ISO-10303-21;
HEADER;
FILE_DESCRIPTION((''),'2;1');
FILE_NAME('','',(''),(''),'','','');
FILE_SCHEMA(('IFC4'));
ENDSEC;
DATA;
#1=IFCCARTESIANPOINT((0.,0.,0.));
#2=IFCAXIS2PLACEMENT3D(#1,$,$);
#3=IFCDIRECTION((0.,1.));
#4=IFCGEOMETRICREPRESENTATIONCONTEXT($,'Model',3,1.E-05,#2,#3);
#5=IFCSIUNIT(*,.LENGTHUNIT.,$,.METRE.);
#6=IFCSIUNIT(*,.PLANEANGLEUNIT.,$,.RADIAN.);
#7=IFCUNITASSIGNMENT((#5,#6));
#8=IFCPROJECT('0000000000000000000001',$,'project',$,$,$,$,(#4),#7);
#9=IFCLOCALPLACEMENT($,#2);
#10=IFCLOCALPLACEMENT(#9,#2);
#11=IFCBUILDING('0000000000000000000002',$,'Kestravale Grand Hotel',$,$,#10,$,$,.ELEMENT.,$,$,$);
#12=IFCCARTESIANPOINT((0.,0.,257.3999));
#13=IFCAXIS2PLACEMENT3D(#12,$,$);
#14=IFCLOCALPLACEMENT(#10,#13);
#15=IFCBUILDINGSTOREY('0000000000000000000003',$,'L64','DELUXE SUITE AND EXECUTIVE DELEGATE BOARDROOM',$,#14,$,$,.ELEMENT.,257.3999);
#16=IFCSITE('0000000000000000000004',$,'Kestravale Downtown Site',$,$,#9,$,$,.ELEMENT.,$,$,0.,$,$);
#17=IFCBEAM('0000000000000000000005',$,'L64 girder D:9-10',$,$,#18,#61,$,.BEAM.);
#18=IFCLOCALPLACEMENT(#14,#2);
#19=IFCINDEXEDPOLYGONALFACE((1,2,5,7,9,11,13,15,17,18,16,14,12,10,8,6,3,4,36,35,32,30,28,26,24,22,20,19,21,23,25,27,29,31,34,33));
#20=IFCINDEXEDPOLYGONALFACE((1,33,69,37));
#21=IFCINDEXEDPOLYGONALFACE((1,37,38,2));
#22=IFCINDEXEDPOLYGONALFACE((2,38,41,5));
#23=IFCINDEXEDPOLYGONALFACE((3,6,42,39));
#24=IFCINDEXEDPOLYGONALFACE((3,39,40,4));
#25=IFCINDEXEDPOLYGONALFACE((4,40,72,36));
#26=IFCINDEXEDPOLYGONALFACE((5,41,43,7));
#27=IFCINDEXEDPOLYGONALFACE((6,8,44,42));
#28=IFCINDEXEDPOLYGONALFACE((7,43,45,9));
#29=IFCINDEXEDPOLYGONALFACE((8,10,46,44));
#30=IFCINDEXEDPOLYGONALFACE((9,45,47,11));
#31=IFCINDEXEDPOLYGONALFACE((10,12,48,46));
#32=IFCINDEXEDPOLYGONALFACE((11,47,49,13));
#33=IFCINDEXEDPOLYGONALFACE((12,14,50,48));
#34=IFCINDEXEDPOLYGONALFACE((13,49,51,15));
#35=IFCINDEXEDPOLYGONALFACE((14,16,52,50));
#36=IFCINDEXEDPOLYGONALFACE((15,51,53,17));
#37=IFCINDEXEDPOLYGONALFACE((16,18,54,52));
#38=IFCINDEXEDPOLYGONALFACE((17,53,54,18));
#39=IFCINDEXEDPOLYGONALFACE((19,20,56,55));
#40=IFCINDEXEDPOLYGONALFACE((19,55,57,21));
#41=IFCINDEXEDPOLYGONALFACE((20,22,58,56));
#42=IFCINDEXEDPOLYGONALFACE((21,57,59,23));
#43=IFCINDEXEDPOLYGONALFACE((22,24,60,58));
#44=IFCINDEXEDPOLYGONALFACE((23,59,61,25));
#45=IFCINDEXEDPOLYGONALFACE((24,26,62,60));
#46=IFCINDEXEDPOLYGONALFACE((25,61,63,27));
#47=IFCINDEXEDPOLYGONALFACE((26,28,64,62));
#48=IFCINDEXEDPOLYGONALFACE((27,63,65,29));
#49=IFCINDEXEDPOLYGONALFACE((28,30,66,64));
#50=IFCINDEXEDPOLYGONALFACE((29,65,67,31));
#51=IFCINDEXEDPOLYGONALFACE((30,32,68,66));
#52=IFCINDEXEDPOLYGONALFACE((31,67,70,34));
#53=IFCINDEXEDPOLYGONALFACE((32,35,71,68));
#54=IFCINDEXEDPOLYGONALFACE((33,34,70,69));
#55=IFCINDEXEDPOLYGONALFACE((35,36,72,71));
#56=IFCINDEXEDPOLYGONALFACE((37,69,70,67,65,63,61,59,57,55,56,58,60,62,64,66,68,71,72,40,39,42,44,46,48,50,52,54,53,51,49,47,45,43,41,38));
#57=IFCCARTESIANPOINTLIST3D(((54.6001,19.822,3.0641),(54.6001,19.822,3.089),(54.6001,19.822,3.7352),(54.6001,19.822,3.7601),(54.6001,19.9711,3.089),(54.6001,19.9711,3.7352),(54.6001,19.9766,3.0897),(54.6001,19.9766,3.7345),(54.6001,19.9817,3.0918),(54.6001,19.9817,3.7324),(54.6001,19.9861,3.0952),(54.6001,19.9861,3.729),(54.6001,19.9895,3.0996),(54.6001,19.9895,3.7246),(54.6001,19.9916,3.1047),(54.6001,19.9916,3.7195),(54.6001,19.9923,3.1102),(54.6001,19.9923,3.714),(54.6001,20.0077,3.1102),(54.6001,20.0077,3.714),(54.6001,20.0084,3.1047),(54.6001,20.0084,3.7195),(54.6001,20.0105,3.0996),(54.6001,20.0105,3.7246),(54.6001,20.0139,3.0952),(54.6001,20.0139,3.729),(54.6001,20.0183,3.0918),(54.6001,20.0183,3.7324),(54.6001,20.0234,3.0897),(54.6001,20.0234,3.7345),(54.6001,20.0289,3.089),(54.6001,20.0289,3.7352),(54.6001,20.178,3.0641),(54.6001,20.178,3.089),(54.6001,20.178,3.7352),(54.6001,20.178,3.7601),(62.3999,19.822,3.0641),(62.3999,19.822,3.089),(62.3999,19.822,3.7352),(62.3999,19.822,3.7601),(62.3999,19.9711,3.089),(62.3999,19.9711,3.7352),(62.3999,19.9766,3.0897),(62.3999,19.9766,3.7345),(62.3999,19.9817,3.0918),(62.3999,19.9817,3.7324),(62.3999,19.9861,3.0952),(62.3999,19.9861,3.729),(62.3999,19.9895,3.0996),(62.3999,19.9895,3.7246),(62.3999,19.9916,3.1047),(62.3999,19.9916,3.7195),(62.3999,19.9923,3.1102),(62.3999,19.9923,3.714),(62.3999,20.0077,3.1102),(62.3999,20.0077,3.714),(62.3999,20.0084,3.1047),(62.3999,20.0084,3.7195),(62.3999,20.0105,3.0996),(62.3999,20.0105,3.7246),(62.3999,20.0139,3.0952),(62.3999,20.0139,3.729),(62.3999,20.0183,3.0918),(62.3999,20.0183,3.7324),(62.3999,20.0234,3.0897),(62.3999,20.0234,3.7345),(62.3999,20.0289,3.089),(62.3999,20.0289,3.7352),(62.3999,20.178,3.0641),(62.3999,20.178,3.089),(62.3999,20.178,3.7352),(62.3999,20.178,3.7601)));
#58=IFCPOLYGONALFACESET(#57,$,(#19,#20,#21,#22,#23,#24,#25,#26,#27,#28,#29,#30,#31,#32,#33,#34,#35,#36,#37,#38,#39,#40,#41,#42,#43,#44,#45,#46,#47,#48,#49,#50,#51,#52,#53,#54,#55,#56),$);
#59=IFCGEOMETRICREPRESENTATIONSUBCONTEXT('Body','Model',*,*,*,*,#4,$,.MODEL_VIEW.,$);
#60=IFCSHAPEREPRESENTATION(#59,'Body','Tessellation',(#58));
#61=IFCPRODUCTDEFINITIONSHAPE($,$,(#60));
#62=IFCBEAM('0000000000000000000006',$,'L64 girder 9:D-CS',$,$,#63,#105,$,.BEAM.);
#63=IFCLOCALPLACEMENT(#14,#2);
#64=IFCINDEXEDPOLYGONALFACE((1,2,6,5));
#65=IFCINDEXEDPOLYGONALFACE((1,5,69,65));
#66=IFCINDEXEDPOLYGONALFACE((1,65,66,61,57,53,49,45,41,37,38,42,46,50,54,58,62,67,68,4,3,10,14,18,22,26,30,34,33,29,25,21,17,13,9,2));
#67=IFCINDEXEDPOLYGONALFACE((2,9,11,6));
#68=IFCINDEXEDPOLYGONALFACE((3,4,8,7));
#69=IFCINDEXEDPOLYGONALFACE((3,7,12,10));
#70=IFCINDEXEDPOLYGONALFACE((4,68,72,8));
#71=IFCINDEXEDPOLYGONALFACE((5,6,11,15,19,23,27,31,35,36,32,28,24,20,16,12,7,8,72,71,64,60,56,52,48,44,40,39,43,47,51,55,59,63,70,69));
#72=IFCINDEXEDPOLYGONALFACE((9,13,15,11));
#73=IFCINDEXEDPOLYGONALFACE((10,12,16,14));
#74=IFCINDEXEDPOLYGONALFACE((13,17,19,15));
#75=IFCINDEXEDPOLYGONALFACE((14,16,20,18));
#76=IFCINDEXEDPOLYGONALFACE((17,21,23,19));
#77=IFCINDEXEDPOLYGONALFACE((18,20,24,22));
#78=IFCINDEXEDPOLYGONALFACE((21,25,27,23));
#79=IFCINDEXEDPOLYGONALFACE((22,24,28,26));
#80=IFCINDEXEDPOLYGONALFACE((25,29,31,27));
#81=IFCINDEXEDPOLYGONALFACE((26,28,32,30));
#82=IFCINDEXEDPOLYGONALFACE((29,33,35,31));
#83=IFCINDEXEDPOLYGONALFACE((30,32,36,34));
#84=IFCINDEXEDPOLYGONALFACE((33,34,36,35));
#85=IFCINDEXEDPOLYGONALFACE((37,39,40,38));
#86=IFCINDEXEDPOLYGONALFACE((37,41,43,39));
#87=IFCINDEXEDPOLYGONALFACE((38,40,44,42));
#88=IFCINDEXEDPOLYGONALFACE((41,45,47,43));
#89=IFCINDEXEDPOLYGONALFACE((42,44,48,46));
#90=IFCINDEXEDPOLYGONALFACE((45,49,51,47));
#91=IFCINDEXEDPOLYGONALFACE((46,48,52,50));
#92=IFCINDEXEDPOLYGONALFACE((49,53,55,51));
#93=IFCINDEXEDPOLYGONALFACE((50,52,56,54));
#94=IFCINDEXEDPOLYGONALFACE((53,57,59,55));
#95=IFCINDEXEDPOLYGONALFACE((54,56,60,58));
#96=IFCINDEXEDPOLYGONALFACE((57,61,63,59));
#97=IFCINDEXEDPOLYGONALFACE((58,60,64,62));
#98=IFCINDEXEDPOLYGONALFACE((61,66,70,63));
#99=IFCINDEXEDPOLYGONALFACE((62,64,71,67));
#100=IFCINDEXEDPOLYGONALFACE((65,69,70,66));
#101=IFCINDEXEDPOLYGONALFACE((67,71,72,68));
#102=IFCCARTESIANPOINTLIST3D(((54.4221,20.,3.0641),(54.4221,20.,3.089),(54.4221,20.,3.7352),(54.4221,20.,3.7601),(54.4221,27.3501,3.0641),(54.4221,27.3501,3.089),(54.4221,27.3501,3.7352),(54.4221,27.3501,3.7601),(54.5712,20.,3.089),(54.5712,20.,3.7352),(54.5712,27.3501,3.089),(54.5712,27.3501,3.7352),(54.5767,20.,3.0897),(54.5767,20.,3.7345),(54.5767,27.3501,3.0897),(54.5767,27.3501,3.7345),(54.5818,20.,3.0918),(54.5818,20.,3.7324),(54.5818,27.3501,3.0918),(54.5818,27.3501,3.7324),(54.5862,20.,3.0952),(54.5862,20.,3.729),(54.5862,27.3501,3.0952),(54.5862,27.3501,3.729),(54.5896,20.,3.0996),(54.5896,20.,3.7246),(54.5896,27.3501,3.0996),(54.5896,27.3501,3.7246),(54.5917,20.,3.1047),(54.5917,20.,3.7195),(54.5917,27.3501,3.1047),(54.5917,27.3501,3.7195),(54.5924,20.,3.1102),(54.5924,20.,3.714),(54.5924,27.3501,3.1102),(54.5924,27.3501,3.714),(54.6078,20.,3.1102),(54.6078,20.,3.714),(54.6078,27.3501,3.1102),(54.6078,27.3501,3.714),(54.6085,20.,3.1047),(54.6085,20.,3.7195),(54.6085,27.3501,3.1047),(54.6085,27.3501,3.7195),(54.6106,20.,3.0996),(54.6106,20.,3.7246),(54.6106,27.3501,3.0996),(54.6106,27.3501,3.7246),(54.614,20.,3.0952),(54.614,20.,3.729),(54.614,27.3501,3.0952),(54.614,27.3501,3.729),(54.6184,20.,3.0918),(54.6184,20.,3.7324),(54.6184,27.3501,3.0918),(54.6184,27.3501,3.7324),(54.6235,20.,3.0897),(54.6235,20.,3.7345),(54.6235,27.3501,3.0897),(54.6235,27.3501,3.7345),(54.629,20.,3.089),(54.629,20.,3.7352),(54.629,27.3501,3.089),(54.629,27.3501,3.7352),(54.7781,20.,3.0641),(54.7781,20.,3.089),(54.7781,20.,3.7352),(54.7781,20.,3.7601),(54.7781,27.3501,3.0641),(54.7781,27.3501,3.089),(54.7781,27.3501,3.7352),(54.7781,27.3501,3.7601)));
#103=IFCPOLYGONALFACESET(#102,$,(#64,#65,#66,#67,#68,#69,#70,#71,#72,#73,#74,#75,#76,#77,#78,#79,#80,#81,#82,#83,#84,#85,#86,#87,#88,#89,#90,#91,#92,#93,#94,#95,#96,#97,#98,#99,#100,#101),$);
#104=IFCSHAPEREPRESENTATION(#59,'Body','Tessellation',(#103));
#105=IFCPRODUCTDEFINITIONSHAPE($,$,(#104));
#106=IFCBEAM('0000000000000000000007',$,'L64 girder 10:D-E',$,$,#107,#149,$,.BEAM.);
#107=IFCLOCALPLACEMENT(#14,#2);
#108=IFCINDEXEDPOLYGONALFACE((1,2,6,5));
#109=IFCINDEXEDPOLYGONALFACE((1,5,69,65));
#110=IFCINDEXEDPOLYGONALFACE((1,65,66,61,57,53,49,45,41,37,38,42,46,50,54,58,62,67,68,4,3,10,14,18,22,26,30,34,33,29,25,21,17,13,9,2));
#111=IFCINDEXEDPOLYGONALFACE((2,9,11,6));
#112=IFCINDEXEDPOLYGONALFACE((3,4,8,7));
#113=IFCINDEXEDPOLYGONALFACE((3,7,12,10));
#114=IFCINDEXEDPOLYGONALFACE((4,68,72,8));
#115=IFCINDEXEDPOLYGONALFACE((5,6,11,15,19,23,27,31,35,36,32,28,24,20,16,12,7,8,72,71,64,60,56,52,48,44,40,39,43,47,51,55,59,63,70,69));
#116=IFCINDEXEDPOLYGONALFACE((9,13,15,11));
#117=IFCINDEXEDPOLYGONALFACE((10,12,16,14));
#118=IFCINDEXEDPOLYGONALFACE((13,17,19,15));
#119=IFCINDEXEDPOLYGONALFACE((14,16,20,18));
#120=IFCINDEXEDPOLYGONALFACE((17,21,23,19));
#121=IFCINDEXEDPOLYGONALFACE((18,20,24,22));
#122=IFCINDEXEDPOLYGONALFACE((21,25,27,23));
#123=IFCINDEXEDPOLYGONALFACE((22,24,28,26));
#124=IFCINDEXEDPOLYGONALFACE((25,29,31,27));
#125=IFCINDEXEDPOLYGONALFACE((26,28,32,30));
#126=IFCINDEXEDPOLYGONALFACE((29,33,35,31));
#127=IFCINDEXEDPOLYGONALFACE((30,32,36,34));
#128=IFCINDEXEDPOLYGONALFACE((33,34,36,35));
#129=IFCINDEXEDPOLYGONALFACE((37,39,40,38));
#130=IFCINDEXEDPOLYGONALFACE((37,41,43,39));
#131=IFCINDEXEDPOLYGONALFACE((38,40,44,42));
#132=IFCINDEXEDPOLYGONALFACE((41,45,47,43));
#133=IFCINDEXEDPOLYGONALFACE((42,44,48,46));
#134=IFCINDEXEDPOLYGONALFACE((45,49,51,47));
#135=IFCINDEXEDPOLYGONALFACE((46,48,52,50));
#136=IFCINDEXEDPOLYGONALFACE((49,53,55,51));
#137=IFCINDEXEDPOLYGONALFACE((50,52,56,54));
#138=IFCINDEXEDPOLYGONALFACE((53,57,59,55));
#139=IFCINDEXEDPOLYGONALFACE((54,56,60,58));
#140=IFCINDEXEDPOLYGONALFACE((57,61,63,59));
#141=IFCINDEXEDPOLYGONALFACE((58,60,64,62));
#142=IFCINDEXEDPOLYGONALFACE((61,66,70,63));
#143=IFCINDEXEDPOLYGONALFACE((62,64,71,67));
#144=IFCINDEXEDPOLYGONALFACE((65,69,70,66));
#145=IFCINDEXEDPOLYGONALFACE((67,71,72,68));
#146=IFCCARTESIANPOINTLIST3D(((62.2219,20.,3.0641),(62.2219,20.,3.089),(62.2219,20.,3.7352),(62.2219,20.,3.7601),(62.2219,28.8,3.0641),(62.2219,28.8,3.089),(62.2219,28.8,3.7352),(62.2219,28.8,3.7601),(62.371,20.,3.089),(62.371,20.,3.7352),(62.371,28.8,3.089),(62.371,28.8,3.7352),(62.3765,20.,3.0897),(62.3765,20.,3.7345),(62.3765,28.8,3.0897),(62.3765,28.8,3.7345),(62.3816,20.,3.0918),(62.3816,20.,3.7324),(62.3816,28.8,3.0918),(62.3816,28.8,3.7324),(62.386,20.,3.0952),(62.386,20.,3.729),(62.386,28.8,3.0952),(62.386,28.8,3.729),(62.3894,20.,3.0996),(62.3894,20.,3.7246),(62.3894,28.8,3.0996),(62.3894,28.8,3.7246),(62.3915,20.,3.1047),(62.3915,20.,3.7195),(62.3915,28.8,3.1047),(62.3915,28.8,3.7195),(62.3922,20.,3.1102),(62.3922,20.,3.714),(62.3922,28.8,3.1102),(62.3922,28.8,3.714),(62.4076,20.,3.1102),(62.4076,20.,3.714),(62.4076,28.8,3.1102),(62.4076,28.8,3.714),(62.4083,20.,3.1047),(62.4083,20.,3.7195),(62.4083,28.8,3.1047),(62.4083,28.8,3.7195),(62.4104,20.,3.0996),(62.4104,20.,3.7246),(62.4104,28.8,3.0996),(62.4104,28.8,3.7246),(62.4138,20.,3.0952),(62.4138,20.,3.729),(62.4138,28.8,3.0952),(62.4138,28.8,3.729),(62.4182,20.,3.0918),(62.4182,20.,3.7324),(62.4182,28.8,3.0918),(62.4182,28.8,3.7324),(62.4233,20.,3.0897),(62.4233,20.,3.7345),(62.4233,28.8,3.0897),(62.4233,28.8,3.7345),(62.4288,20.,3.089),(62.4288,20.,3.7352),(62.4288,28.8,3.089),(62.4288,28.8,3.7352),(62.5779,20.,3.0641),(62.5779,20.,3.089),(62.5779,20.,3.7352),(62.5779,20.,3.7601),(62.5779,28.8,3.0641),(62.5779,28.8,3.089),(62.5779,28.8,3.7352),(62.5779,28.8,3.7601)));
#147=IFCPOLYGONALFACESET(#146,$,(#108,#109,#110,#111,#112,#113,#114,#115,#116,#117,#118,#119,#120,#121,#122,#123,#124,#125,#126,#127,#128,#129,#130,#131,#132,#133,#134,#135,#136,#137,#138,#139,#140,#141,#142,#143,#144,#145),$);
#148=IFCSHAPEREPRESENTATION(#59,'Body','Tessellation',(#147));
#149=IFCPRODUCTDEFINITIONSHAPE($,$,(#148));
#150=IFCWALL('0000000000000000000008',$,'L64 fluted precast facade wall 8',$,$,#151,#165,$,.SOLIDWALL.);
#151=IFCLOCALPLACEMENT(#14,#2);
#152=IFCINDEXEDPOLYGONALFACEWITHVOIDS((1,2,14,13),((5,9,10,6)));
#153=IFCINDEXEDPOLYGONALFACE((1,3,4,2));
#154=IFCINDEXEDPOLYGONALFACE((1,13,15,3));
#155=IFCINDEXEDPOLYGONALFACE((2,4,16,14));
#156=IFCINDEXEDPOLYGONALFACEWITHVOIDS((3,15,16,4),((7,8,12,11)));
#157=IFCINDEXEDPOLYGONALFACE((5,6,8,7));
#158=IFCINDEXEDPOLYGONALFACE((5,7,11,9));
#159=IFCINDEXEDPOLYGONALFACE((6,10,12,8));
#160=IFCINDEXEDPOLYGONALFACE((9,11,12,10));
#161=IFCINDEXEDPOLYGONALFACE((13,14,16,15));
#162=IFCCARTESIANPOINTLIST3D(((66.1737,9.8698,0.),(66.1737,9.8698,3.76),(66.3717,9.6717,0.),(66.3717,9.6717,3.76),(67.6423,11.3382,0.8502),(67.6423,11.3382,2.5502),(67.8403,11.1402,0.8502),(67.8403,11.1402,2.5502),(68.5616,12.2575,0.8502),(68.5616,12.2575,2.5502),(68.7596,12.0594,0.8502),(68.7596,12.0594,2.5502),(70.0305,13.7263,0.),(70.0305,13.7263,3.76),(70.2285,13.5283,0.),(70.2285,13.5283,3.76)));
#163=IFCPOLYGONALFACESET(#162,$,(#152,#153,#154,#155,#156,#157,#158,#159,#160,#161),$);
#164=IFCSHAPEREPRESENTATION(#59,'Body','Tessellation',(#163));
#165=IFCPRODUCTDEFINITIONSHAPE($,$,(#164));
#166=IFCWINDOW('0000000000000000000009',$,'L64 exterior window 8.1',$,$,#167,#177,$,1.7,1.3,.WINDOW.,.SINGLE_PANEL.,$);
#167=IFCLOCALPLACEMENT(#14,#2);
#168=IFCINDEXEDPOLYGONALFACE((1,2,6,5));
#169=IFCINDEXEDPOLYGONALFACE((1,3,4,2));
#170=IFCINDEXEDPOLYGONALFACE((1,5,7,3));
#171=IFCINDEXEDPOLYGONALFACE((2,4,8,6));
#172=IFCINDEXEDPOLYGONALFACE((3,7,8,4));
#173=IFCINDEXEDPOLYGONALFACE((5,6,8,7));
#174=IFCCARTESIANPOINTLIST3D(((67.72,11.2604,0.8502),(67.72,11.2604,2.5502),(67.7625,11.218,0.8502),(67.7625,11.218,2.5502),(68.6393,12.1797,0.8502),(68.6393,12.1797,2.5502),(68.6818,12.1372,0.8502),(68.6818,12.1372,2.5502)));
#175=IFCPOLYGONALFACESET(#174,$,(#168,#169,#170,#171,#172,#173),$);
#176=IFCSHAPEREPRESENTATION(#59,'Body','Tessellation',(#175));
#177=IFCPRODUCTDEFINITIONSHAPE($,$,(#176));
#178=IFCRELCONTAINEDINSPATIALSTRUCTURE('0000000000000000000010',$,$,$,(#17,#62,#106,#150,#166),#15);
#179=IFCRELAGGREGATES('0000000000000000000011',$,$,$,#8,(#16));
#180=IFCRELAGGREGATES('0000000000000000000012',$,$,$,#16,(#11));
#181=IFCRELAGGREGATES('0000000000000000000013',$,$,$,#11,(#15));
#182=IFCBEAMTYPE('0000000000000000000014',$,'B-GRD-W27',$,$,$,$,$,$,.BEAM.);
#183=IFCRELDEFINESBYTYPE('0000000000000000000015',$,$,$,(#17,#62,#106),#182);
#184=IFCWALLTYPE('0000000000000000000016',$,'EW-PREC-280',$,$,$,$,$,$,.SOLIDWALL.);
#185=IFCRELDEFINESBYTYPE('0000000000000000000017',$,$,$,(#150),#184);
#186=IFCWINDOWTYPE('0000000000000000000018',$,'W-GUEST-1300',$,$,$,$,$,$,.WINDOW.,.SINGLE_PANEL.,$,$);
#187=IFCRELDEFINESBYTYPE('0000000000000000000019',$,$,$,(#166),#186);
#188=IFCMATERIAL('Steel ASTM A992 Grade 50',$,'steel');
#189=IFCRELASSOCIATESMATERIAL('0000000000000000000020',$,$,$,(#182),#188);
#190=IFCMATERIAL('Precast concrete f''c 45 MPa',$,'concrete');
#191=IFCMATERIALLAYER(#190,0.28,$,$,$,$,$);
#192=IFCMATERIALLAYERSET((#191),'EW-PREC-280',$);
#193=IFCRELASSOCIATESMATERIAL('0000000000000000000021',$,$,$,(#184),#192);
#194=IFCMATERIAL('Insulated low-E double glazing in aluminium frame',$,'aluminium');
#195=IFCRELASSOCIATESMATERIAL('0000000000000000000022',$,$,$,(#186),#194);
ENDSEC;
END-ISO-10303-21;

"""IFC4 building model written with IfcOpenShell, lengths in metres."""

from ifc_helpers import new_model, si_unit, direction, frame, frame_2d, origin, origin_2d, place, context, subcontext, project, spatial, rectangle, i_section, extrude, material, layer, layer_set, material_profile, profile_set, type_object, element, fill, save


model = new_model("IFC4")

# Units and contexts
model_context = context("Model", 3, precision=1e-05, world=origin(), true_north=direction((0.0, 1.0)))
body_context = subcontext(model_context, "Body", "Model", "MODEL_VIEW")
ifc_project = project(units=[si_unit("LENGTHUNIT", "METRE"), si_unit("PLANEANGLEUNIT", "RADIAN")], contexts=[model_context])

# Site, building, storey
site_placement = place(None, origin())
site = spatial("IfcSite", under=ifc_project, at=site_placement, Name="Kestravale Downtown Site", CompositionType="ELEMENT", RefElevation=0.0)
building_placement = place(site_placement, origin())
building = spatial("IfcBuilding", under=site, at=building_placement, Name="Kestravale Grand Hotel", CompositionType="ELEMENT")
storey_placement = place(building_placement, frame((0.0, 0.0, 257.3999)))
storey = spatial("IfcBuildingStorey", under=building, at=storey_placement, Name="L64", Description="DELUXE SUITE AND EXECUTIVE DELEGATE BOARDROOM", CompositionType="ELEMENT", Elevation=257.3999)

# Beams
ifc_material_1 = material(Name="Steel ASTM A992 Grade 50", Category="steel")
ifc_material_profile_1 = material_profile(ifc_material_1, i_section(OverallWidth=0.356, OverallDepth=0.696, WebThickness=0.0154, FlangeThickness=0.0249, FilletRadius=0.0212, at=origin_2d()))
ifc_profile_set_1 = profile_set([ifc_material_profile_1], Name="Steel ASTM A992 Grade 50")
beam_type_1 = type_object("IfcBeamType", Name="B-GRD-W27", PredefinedType="BEAM", material=ifc_profile_set_1)
beam_1_placement = place(storey_placement, frame((54.6001, 20.0, 3.4121), z_axis=(1.0, 0.0, 0.0), x_axis=(0.0, 1.0, 0.0)))
element("IfcBeam", 1, at=beam_1_placement, inside=storey, type_object=beam_type_1, Name="L64 girder D:9-10", PredefinedType="BEAM", context=body_context, shape_type="SweptSolid", body=[
    extrude(i_section(OverallWidth=0.356, OverallDepth=0.696, WebThickness=0.0154, FlangeThickness=0.0249, FilletRadius=0.0212, at=origin_2d()), origin(), (0.0, 0.0, 1.0), 7.7998),
])
beam_2_placement = place(storey_placement, frame((54.6001, 20.0, 3.4121), z_axis=(0.0, 1.0, 0.0), x_axis=(-1.0, 0.0, 0.0)))
element("IfcBeam", 2, at=beam_2_placement, inside=storey, type_object=beam_type_1, Name="L64 girder 9:D-CS", PredefinedType="BEAM", context=body_context, shape_type="SweptSolid", body=[
    extrude(i_section(OverallWidth=0.356, OverallDepth=0.696, WebThickness=0.0154, FlangeThickness=0.0249, FilletRadius=0.0212, at=origin_2d()), origin(), (0.0, 0.0, 1.0), 7.3501),
])
beam_3_placement = place(storey_placement, frame((62.3999, 20.0, 3.4121), z_axis=(0.0, 1.0, 0.0), x_axis=(-1.0, 0.0, 0.0)))
element("IfcBeam", 3, at=beam_3_placement, inside=storey, type_object=beam_type_1, Name="L64 girder 10:D-E", PredefinedType="BEAM", context=body_context, shape_type="SweptSolid", body=[
    extrude(i_section(OverallWidth=0.356, OverallDepth=0.696, WebThickness=0.0154, FlangeThickness=0.0249, FilletRadius=0.0212, at=origin_2d()), origin(), (0.0, 0.0, 1.0), 8.8),
])

# Wall, opening, window
ifc_material_2 = material(Name="Precast concrete f'c 45 MPa", Category="concrete")
ifc_layer_1 = layer(ifc_material_2, 0.28)
ifc_layer_set_1 = layer_set([ifc_layer_1], Name="EW-PREC-280")
wall_type_1 = type_object("IfcWallType", Name="EW-PREC-280", PredefinedType="SOLIDWALL", material=ifc_layer_set_1)
wall_1_placement = place(storey_placement, frame((66.2727, 9.7708, 0.0), z_axis=(0.0, 0.0, 1.0), x_axis=(0.707129, 0.707084, 0.0)))
wall_1 = element("IfcWall", 4, at=wall_1_placement, inside=storey, type_object=wall_type_1, Name="L64 fluted precast facade wall 8", PredefinedType="SOLIDWALL", context=body_context, shape_type="SweptSolid", body=[
    extrude(rectangle(XDim=5.4541, YDim=0.28, at=frame_2d((2.7271, 0.0))), origin(), (0.0, 0.0, 1.0), 3.76),
])
opening_1_placement = place(wall_1_placement, frame((2.0769, 0.0, 0.8501)))
opening_1 = element("IfcOpeningElement", 5, at=opening_1_placement, cuts=wall_1, PredefinedType="OPENING", context=body_context, shape_type="SweptSolid", body=[
    extrude(rectangle(XDim=1.3, YDim=1.7, at=frame_2d((0.6499, 0.8501))), frame((0.0, 0.1499, 0.0), z_axis=(0.0, -1.0, 0.0), x_axis=(1.0, 0.0, 0.0)), (0.0, 0.0, 1.0), 0.3),
])
ifc_material_3 = material(Name="Insulated low-E double glazing in aluminium frame", Category="aluminium")
window_type = type_object("IfcWindowType", Name="W-GUEST-1300", PartitioningType="SINGLE_PANEL", PredefinedType="WINDOW", material=ifc_material_3)
window_1_placement = place(opening_1_placement, origin())
window_1 = element("IfcWindow", 6, at=window_1_placement, inside=storey, type_object=window_type, Name="L64 exterior window 8.1", OverallHeight=1.7, OverallWidth=1.3, PartitioningType="SINGLE_PANEL", PredefinedType="WINDOW", context=body_context, shape_type="SweptSolid", body=[
    extrude(rectangle(XDim=1.3, YDim=1.7, at=frame_2d((0.6499, 0.8501))), frame((0.0, 0.03, 0.0), z_axis=(0.0, -1.0, 0.0), x_axis=(1.0, 0.0, 0.0)), (0.0, 0.0, 1.0), 0.0601),
])
fill(opening_1, window_1)

save(model, "model.ifc")
